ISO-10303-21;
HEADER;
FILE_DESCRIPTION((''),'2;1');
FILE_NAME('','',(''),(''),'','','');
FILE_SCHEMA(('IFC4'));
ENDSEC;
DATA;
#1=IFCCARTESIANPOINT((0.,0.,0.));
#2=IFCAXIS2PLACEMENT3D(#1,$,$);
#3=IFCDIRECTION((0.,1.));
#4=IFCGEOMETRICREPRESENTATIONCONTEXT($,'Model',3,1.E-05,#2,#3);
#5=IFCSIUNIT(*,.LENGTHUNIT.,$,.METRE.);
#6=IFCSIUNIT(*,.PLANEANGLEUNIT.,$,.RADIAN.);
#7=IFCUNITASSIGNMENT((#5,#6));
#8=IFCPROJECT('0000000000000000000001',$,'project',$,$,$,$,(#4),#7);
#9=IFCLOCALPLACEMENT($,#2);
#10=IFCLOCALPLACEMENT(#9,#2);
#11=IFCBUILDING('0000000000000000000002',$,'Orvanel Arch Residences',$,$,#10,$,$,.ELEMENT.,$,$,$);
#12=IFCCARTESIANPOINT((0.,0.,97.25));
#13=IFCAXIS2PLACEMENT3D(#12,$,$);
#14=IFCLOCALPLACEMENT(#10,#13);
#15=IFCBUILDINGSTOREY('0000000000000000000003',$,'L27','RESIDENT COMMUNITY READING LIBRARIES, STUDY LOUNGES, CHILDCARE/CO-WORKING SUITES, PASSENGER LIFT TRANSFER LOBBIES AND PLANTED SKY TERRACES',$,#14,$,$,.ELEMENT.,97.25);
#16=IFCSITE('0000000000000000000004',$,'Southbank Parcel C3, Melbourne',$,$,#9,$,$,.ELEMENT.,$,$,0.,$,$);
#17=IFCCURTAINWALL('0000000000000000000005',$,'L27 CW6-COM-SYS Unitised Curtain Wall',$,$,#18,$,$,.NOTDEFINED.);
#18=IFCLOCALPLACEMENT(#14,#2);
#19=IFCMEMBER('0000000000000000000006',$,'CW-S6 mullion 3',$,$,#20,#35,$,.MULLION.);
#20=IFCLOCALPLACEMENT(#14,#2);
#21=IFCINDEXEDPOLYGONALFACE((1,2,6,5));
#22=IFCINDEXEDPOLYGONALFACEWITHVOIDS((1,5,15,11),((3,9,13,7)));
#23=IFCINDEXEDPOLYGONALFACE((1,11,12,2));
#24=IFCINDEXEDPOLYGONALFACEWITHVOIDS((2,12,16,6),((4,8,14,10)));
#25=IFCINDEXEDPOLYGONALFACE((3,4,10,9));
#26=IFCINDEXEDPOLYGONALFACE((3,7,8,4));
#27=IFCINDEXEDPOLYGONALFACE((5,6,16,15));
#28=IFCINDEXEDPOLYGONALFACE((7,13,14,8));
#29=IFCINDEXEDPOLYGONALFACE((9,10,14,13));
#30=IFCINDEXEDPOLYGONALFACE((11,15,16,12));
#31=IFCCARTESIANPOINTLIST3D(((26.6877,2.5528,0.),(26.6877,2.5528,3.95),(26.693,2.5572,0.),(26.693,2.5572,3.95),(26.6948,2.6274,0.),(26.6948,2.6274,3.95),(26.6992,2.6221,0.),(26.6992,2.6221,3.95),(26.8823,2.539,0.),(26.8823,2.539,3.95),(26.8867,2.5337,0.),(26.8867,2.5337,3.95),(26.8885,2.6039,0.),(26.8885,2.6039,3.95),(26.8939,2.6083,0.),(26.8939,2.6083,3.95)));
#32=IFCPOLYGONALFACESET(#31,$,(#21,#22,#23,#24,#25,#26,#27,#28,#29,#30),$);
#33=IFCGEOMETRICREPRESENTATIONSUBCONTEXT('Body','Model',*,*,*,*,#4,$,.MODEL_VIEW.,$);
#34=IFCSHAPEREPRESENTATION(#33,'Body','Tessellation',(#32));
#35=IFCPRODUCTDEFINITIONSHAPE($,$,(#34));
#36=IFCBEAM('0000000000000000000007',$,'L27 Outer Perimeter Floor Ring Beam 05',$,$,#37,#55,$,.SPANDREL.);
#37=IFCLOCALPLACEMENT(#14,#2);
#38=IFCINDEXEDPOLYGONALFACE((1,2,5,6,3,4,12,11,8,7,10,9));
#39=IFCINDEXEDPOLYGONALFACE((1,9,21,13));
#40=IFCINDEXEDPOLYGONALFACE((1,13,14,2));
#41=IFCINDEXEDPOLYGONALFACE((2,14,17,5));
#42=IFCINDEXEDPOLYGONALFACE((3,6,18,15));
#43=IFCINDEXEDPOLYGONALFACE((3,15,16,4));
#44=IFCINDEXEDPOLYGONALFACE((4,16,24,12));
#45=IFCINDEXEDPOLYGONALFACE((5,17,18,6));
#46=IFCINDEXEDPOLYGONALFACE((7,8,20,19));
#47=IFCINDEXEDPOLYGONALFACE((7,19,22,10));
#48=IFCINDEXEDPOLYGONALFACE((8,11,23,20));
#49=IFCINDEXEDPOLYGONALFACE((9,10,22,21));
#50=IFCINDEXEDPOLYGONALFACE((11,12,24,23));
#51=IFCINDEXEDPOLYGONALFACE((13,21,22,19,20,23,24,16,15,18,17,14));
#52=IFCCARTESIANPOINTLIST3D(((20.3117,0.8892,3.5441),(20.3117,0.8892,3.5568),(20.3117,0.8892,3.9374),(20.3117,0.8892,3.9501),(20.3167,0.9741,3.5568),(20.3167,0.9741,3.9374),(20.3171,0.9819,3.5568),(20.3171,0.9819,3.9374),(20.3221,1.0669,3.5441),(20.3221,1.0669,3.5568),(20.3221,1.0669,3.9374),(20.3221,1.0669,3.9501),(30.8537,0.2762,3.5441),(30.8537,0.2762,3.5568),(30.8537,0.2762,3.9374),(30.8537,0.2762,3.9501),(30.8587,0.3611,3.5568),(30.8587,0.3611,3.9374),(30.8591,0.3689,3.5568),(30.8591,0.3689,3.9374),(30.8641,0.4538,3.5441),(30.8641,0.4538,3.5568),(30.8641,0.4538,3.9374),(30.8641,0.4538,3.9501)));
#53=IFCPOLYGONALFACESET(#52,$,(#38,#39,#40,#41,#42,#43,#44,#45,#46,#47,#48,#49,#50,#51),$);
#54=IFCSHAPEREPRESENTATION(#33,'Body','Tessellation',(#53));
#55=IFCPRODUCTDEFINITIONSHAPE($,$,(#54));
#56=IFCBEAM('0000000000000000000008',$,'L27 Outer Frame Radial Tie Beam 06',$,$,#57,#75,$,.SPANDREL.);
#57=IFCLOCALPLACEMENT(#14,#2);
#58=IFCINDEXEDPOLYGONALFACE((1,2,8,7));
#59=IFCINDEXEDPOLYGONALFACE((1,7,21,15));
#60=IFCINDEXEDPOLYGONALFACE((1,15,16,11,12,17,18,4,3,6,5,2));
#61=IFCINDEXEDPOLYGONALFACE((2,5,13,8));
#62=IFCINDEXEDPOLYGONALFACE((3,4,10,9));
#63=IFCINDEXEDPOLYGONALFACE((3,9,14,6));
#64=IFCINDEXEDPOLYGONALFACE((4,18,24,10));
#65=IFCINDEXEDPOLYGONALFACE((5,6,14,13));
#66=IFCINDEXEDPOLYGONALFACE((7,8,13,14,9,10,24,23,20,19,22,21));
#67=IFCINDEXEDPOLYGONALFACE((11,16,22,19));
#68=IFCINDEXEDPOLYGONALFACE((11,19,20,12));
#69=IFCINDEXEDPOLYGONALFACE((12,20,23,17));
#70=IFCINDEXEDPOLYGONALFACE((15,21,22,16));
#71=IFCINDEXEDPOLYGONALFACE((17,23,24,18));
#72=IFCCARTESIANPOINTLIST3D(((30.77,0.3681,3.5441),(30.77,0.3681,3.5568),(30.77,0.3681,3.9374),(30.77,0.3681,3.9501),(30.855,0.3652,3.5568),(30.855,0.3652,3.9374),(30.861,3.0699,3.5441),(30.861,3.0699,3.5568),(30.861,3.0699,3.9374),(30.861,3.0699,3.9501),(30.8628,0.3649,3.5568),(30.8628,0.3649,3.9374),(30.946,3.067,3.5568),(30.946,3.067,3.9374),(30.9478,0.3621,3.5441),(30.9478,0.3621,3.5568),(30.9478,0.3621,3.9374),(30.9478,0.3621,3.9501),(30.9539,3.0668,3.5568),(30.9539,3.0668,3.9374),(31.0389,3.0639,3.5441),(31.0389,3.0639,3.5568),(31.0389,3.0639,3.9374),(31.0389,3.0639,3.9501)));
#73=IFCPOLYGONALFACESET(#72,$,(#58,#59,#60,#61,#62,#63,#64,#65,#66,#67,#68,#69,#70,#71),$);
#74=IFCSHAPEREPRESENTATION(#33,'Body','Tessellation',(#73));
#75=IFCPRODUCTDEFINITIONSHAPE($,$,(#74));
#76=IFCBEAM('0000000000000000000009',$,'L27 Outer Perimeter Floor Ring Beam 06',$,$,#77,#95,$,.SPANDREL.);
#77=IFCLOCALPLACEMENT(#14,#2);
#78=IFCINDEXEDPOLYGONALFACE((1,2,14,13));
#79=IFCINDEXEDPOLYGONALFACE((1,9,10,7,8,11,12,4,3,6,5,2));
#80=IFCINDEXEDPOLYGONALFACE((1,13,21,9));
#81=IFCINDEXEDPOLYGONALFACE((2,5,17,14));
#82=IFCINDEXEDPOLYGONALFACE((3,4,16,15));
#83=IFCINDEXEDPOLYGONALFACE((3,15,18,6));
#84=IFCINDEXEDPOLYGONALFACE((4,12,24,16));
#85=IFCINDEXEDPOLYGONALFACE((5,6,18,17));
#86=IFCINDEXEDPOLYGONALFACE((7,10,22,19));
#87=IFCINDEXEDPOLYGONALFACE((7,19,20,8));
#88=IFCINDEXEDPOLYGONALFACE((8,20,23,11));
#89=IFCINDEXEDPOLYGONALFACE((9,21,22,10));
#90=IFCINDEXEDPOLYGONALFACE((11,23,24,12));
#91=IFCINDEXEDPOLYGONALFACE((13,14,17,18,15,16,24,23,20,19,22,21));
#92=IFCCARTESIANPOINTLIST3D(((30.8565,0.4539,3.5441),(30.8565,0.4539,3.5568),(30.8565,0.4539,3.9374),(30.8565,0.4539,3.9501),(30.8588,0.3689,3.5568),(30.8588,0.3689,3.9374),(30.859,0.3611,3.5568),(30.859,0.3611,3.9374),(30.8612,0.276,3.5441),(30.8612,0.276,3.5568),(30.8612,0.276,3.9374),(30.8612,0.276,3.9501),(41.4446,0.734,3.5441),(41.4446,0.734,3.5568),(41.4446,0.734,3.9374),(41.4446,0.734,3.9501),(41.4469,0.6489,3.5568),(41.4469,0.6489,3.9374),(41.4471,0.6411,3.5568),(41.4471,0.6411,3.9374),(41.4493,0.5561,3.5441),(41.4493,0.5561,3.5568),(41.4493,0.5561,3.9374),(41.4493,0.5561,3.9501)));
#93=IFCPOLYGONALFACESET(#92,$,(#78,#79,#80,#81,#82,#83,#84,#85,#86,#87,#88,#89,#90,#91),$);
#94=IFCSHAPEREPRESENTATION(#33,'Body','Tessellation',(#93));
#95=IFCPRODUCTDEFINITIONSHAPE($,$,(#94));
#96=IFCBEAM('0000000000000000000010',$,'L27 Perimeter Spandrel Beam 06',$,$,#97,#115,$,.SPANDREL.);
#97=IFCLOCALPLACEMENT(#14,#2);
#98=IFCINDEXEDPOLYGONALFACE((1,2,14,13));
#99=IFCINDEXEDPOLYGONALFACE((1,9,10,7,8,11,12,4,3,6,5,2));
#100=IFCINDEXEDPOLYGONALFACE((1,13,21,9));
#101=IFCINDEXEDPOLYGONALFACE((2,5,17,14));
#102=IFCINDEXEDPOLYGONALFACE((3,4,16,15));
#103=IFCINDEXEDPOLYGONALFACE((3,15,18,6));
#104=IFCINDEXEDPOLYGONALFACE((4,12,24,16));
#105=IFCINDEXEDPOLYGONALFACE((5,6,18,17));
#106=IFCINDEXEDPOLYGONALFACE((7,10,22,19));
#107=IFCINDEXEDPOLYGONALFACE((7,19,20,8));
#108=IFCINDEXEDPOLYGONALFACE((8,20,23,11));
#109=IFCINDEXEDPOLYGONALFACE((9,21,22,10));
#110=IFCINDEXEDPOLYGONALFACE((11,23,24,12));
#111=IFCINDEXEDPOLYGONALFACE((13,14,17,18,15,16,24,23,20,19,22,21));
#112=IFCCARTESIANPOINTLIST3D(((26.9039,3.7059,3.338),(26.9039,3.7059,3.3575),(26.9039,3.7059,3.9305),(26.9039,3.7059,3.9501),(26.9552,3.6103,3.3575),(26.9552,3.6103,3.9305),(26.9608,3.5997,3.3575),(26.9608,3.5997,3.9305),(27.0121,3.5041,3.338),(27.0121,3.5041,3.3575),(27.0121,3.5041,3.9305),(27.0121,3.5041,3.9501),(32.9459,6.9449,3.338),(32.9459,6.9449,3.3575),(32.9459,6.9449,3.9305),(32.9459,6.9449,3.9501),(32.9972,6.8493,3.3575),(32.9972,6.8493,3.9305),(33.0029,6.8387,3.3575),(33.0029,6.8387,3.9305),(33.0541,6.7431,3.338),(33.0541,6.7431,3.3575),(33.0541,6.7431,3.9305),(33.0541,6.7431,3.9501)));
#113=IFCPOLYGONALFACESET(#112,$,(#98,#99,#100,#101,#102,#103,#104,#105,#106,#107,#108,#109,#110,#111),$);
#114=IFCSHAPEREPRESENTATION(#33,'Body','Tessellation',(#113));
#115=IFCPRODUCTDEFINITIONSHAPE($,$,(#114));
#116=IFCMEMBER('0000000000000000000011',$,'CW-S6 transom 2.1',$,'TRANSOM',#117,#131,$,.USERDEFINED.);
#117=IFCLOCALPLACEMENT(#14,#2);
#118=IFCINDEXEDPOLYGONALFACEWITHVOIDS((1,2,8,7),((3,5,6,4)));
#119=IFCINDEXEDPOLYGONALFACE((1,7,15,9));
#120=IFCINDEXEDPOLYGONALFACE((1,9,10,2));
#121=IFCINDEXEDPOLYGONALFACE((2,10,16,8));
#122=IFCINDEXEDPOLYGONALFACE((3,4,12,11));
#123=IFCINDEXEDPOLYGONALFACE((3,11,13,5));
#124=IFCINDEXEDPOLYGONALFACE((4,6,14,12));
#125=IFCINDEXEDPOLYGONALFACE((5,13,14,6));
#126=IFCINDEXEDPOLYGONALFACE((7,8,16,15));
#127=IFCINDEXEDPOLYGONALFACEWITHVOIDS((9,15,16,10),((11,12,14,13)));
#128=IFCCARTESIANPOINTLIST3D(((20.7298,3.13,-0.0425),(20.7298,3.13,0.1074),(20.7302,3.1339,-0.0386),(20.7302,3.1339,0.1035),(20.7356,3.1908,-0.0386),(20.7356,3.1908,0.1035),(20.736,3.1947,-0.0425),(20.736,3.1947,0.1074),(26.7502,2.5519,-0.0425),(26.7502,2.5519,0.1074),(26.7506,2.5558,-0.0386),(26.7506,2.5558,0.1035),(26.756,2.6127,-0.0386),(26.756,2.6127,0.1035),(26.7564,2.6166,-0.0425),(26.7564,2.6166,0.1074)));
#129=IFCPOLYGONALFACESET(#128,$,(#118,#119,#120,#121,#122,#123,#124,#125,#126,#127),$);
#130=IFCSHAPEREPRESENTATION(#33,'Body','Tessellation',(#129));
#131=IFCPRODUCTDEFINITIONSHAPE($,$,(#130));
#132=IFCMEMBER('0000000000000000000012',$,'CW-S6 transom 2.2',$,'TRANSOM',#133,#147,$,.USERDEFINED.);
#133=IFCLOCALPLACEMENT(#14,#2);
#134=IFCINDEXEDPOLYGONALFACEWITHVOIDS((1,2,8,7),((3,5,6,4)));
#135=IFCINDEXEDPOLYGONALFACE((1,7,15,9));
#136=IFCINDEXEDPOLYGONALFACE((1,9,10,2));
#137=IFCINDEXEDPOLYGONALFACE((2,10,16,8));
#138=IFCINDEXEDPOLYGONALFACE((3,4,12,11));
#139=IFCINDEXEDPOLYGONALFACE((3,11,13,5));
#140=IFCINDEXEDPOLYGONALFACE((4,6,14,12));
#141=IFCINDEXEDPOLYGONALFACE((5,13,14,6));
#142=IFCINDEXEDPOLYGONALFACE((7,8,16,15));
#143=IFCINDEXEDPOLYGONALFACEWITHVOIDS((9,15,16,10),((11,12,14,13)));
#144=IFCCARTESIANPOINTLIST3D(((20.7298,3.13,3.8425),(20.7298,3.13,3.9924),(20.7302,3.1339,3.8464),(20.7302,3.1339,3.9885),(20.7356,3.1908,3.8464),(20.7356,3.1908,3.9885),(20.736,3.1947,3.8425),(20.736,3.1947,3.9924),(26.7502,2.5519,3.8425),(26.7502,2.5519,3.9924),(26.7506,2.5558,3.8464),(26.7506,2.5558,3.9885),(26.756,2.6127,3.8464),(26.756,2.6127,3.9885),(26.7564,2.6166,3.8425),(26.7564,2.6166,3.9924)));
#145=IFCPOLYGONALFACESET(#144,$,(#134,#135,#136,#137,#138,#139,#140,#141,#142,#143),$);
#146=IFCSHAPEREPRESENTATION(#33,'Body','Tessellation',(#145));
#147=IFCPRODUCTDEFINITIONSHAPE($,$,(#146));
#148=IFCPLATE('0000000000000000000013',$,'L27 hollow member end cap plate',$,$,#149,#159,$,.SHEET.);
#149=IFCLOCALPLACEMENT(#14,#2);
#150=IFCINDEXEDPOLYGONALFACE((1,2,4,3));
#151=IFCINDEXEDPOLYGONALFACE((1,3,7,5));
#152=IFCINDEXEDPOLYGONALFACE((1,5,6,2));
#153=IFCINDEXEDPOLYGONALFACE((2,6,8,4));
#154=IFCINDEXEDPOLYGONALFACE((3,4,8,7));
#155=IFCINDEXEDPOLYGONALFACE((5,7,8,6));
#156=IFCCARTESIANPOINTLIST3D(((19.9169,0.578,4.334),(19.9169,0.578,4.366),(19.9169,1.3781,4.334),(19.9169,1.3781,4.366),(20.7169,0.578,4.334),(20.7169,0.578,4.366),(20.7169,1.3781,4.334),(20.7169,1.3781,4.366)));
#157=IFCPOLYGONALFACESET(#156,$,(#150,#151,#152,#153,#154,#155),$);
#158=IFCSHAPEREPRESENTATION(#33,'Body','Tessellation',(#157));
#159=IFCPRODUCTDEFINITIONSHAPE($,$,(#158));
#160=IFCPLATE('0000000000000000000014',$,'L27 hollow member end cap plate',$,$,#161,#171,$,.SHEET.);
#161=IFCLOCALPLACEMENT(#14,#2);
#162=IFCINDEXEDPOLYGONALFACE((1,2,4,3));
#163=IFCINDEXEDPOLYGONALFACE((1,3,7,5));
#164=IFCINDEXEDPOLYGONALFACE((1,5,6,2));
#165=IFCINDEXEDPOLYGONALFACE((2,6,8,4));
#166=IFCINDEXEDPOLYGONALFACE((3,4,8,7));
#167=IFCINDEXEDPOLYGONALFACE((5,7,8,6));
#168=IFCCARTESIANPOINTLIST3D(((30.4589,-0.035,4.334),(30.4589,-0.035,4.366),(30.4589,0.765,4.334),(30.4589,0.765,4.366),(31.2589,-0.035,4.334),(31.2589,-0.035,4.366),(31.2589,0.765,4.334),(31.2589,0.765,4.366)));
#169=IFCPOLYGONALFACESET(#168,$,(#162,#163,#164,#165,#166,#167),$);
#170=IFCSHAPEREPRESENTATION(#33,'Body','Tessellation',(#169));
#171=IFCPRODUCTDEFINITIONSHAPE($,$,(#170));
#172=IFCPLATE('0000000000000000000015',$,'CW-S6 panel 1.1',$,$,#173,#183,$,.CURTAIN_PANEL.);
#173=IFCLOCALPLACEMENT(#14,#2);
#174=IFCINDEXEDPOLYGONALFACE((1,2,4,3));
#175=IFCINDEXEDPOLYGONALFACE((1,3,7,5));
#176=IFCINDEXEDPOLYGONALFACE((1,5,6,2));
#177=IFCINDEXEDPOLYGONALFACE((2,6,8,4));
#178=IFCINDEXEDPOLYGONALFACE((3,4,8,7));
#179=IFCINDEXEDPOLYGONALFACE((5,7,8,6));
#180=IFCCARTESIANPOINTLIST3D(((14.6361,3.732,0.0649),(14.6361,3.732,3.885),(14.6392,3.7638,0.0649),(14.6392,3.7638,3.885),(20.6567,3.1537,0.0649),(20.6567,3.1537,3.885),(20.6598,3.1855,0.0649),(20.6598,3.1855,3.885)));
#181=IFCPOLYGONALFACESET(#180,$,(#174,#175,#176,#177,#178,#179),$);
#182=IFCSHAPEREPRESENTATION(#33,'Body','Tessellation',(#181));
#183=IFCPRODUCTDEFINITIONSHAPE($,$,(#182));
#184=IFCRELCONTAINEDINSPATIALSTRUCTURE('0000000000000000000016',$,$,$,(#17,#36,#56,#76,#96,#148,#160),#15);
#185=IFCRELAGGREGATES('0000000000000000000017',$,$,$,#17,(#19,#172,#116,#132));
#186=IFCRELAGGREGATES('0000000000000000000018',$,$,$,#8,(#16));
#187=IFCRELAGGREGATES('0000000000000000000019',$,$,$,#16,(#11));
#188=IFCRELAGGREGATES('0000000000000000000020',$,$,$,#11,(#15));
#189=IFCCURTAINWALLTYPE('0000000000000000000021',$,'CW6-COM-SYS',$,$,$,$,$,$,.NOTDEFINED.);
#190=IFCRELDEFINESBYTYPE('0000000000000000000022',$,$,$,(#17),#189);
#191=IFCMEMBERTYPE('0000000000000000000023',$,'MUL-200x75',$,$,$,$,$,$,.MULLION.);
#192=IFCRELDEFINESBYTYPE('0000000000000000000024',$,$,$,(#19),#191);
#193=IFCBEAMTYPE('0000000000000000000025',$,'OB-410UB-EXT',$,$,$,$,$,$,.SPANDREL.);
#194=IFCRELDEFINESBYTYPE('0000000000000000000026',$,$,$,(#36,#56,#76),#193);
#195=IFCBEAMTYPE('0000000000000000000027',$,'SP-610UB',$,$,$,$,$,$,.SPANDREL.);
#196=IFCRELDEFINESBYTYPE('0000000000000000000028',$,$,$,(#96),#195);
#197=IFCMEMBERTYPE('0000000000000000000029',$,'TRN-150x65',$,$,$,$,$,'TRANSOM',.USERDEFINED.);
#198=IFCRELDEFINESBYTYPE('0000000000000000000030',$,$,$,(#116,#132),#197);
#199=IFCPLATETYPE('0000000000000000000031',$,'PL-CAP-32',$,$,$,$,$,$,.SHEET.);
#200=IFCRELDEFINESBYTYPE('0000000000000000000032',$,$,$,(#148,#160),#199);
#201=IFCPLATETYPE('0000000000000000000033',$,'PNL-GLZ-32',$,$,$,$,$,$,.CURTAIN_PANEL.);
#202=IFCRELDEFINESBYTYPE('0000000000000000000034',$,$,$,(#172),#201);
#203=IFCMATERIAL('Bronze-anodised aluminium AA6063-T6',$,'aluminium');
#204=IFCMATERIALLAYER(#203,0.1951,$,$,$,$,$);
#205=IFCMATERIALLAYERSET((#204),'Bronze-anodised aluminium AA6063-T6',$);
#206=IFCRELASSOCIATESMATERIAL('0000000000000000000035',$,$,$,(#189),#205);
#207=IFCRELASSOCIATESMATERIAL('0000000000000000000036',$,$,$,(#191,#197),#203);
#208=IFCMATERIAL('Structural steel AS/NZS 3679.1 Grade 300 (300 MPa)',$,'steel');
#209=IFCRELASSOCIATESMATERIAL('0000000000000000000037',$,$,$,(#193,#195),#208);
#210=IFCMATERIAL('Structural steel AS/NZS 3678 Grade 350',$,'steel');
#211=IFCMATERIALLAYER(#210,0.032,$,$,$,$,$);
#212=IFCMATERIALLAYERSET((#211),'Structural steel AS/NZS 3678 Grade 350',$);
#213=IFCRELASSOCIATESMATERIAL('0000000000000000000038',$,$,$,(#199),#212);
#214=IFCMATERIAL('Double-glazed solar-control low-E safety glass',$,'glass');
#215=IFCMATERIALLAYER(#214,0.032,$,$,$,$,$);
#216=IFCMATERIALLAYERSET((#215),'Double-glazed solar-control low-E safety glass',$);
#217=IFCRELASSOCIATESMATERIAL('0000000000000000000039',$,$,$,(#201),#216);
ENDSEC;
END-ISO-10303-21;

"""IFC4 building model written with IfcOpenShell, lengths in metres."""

from ifc_helpers import new_model, si_unit, direction, frame, origin, origin_2d, place, context, subcontext, project, spatial, rectangle, hollow_rectangle, i_section, extrude, material, layer, layer_set, material_profile, profile_set, type_object, element, aggregate, save


model = new_model("IFC4")

# Units and contexts
model_context = context("Model", 3, precision=1e-05, world=origin(), true_north=direction((0.0, 1.0)))
body_context = subcontext(model_context, "Body", "Model", "MODEL_VIEW")
ifc_project = project(units=[si_unit("LENGTHUNIT", "METRE"), si_unit("PLANEANGLEUNIT", "RADIAN")], contexts=[model_context])

# Site, building, storey
site_placement = place(None, origin())
site = spatial("IfcSite", under=ifc_project, at=site_placement, Name="Southbank Parcel C3, Melbourne", CompositionType="ELEMENT", RefElevation=0.0)
building_placement = place(site_placement, origin())
building = spatial("IfcBuilding", under=site, at=building_placement, Name="Orvanel Arch Residences", CompositionType="ELEMENT")
storey_placement = place(building_placement, frame((0.0, 0.0, 97.25)))
storey = spatial("IfcBuildingStorey", under=building, at=storey_placement, Name="L27", Description="RESIDENT COMMUNITY READING LIBRARIES, STUDY LOUNGES, CHILDCARE/CO-WORKING SUITES, PASSENGER LIFT TRANSFER LOBBIES AND PLANTED SKY TERRACES", CompositionType="ELEMENT", Elevation=97.25)

# Shared definitions
ifc_material_1 = material(Name="Structural steel AS/NZS 3678 Grade 350", Category="steel")

# Curtain wall, member
ifc_material_2 = material(Name="Bronze-anodised aluminium AA6063-T6", Category="aluminium")
ifc_layer_1 = layer(ifc_material_2, 0.1951)
ifc_layer_set_1 = layer_set([ifc_layer_1], Name="Bronze-anodised aluminium AA6063-T6")
curtain_wall_type = type_object("IfcCurtainWallType", Name="CW6-COM-SYS", PredefinedType="NOTDEFINED", material=ifc_layer_set_1)
curtain_wall_placement = place(storey_placement, origin())
curtain_wall = element("IfcCurtainWall", 1, at=curtain_wall_placement, inside=storey, type_object=curtain_wall_type, Name="L27 CW6-COM-SYS Unitised Curtain Wall", PredefinedType="NOTDEFINED")
ifc_material_profile_1 = material_profile(ifc_material_2, hollow_rectangle(XDim=0.075, YDim=0.2, WallThickness=0.0049, at=origin_2d()), Name="ALU200x75x5")
ifc_profile_set_1 = profile_set([ifc_material_profile_1], Name="Bronze-anodised aluminium AA6063-T6")
member_type_1 = type_object("IfcMemberType", Name="MUL-200x75", PredefinedType="MULLION", material=ifc_profile_set_1)
member_1_placement = place(storey_placement, frame((26.7908, 2.5806, 0.0), z_axis=(0.0, 0.0, 1.0), x_axis=(0.095606, 0.995419, 0.0)))
member_1 = element("IfcMember", 2, at=member_1_placement, type_object=member_type_1, Name="CW-S6 mullion 3", PredefinedType="MULLION", context=body_context, shape_type="SweptSolid", body=[
    extrude(hollow_rectangle(XDim=0.075, YDim=0.2, WallThickness=0.0049, at=origin_2d()), origin(), (0.0, 0.0, 1.0), 3.95),
])

# Beams
ifc_material_3 = material(Name="Structural steel AS/NZS 3679.1 Grade 300 (300 MPa)", Category="steel")
ifc_material_profile_2 = material_profile(ifc_material_3, i_section(OverallWidth=0.178, OverallDepth=0.406, WebThickness=0.0078, FlangeThickness=0.0127, at=origin_2d()), Name="410UB59.7")
ifc_profile_set_2 = profile_set([ifc_material_profile_2], Name="Structural steel AS/NZS 3679.1 Grade 300 (300 MPa)")
beam_type_1 = type_object("IfcBeamType", Name="OB-410UB-EXT", PredefinedType="SPANDREL", material=ifc_profile_set_2)
beam_1_placement = place(storey_placement, frame((20.3169, 0.978, 3.7471), z_axis=(0.998313, -0.058054, 0.0), x_axis=(0.058054, 0.998313, 0.0)))
element("IfcBeam", 3, at=beam_1_placement, inside=storey, type_object=beam_type_1, Name="L27 Outer Perimeter Floor Ring Beam 05", PredefinedType="SPANDREL", context=body_context, shape_type="SweptSolid", body=[
    extrude(i_section(OverallWidth=0.178, OverallDepth=0.406, WebThickness=0.0078, FlangeThickness=0.0127, at=origin_2d()), origin(), (0.0, 0.0, 1.0), 10.5598),
])
beam_2_placement = place(storey_placement, frame((30.95, 3.0669, 3.7471), z_axis=(-0.033685, -0.999433, 0.0), x_axis=(0.999433, -0.033685, 0.0)))
element("IfcBeam", 4, at=beam_2_placement, inside=storey, type_object=beam_type_1, Name="L27 Outer Frame Radial Tie Beam 06", PredefinedType="SPANDREL", context=body_context, shape_type="SweptSolid", body=[
    extrude(i_section(OverallWidth=0.178, OverallDepth=0.406, WebThickness=0.0078, FlangeThickness=0.0127, at=origin_2d()), origin(), (0.0, 0.0, 1.0), 2.7034),
])
beam_3_placement = place(storey_placement, frame((30.8589, 0.365, 3.7471), z_axis=(0.99965, 0.026438, 0.0), x_axis=(-0.026438, 0.99965, 0.0)))
element("IfcBeam", 5, at=beam_3_placement, inside=storey, type_object=beam_type_1, Name="L27 Outer Perimeter Floor Ring Beam 06", PredefinedType="SPANDREL", context=body_context, shape_type="SweptSolid", body=[
    extrude(i_section(OverallWidth=0.178, OverallDepth=0.406, WebThickness=0.0078, FlangeThickness=0.0127, at=origin_2d()), origin(), (0.0, 0.0, 1.0), 10.5918),
])
ifc_material_profile_3 = material_profile(ifc_material_3, i_section(OverallWidth=0.229, OverallDepth=0.6121, WebThickness=0.012, FlangeThickness=0.0195, at=origin_2d()), Name="610UB125")
ifc_profile_set_3 = profile_set([ifc_material_profile_3], Name="Structural steel AS/NZS 3679.1 Grade 300 (300 MPa)")
beam_type_2 = type_object("IfcBeamType", Name="SP-610UB", PredefinedType="SPANDREL", material=ifc_profile_set_3)
beam_4_placement = place(storey_placement, frame((26.958, 3.605, 3.644), z_axis=(0.881344, 0.472474, 0.0), x_axis=(-0.472474, 0.881344, 0.0)))
element("IfcBeam", 6, at=beam_4_placement, inside=storey, type_object=beam_type_2, Name="L27 Perimeter Spandrel Beam 06", PredefinedType="SPANDREL", context=body_context, shape_type="SweptSolid", body=[
    extrude(i_section(OverallWidth=0.229, OverallDepth=0.6121, WebThickness=0.012, FlangeThickness=0.0195, at=origin_2d()), origin(), (0.0, 0.0, 1.0), 6.8555),
])

# Members
ifc_material_profile_4 = material_profile(ifc_material_2, hollow_rectangle(XDim=0.0649, YDim=0.1499, WallThickness=0.0039, at=origin_2d()), Name="ALU150x65x4")
ifc_profile_set_4 = profile_set([ifc_material_profile_4], Name="Bronze-anodised aluminium AA6063-T6")
member_type_2 = type_object("IfcMemberType", Name="TRN-150x65", ElementType="TRANSOM", PredefinedType="USERDEFINED", material=ifc_profile_set_4)
member_2_placement = place(storey_placement, frame((20.7329, 3.1624, 0.0325), z_axis=(0.995421, -0.095586, 0.0), x_axis=(0.095586, 0.995421, 0.0)))
member_2 = element("IfcMember", 7, at=member_2_placement, type_object=member_type_2, Name="CW-S6 transom 2.1", ObjectType="TRANSOM", PredefinedType="USERDEFINED", context=body_context, shape_type="SweptSolid", body=[
    extrude(hollow_rectangle(XDim=0.0649, YDim=0.1499, WallThickness=0.0039, at=origin_2d()), origin(), (0.0, 0.0, 1.0), 6.0481),
])
member_3_placement = place(storey_placement, frame((20.7329, 3.1624, 3.9175), z_axis=(0.995421, -0.095586, 0.0), x_axis=(0.095586, 0.995421, 0.0)))
member_3 = element("IfcMember", 8, at=member_3_placement, type_object=member_type_2, Name="CW-S6 transom 2.2", ObjectType="TRANSOM", PredefinedType="USERDEFINED", context=body_context, shape_type="SweptSolid", body=[
    extrude(hollow_rectangle(XDim=0.0649, YDim=0.1499, WallThickness=0.0039, at=origin_2d()), origin(), (0.0, 0.0, 1.0), 6.0481),
])

# Plates
ifc_layer_2 = layer(ifc_material_1, 0.032)
ifc_layer_set_2 = layer_set([ifc_layer_2], Name="Structural steel AS/NZS 3678 Grade 350")
plate_type_1 = type_object("IfcPlateType", Name="PL-CAP-32", PredefinedType="SHEET", material=ifc_layer_set_2)
for number, where, z_axis, x_axis, name in (
    (9, (20.3169, 0.978, 4.334), (0.0, 0.0, 1.0), (1.0, 0.0, 0.0), "L27 hollow member end cap plate"),
    (10, (30.8589, 0.365, 4.334), (0.0, 0.0, 1.0), (1.0, 0.0, 0.0), "L27 hollow member end cap plate"),
):
    element("IfcPlate", number, at=place(storey_placement, frame(where, z_axis=z_axis, x_axis=x_axis)), inside=storey, type_object=plate_type_1, Name=name, PredefinedType="SHEET", context=body_context, shape_type="SweptSolid", body=[
        extrude(rectangle(XDim=0.8, YDim=0.8, at=origin_2d()), origin(), (0.0, 0.0, 1.0), 0.032),
    ])

# Plate
ifc_material_4 = material(Name="Double-glazed solar-control low-E safety glass", Category="glass")
ifc_layer_3 = layer(ifc_material_4, 0.032)
ifc_layer_set_3 = layer_set([ifc_layer_3], Name="Double-glazed solar-control low-E safety glass")
plate_type_2 = type_object("IfcPlateType", Name="PNL-GLZ-32", PredefinedType="CURTAIN_PANEL", material=ifc_layer_set_3)
plate_1_placement = place(storey_placement, frame((17.6479, 3.4587, 0.0649), z_axis=(0.0, 0.0, 1.0), x_axis=(0.995419, -0.095606, 0.0)))
plate_1 = element("IfcPlate", 11, at=plate_1_placement, type_object=plate_type_2, Name="CW-S6 panel 1.1", PredefinedType="CURTAIN_PANEL", context=body_context, shape_type="SweptSolid", body=[
    extrude(rectangle(XDim=6.0483, YDim=0.032, at=origin_2d()), origin(), (0.0, 0.0, 1.0), 3.8201),
])
aggregate(curtain_wall, [member_1, plate_1, member_2, member_3])

save(model, "model.ifc")
